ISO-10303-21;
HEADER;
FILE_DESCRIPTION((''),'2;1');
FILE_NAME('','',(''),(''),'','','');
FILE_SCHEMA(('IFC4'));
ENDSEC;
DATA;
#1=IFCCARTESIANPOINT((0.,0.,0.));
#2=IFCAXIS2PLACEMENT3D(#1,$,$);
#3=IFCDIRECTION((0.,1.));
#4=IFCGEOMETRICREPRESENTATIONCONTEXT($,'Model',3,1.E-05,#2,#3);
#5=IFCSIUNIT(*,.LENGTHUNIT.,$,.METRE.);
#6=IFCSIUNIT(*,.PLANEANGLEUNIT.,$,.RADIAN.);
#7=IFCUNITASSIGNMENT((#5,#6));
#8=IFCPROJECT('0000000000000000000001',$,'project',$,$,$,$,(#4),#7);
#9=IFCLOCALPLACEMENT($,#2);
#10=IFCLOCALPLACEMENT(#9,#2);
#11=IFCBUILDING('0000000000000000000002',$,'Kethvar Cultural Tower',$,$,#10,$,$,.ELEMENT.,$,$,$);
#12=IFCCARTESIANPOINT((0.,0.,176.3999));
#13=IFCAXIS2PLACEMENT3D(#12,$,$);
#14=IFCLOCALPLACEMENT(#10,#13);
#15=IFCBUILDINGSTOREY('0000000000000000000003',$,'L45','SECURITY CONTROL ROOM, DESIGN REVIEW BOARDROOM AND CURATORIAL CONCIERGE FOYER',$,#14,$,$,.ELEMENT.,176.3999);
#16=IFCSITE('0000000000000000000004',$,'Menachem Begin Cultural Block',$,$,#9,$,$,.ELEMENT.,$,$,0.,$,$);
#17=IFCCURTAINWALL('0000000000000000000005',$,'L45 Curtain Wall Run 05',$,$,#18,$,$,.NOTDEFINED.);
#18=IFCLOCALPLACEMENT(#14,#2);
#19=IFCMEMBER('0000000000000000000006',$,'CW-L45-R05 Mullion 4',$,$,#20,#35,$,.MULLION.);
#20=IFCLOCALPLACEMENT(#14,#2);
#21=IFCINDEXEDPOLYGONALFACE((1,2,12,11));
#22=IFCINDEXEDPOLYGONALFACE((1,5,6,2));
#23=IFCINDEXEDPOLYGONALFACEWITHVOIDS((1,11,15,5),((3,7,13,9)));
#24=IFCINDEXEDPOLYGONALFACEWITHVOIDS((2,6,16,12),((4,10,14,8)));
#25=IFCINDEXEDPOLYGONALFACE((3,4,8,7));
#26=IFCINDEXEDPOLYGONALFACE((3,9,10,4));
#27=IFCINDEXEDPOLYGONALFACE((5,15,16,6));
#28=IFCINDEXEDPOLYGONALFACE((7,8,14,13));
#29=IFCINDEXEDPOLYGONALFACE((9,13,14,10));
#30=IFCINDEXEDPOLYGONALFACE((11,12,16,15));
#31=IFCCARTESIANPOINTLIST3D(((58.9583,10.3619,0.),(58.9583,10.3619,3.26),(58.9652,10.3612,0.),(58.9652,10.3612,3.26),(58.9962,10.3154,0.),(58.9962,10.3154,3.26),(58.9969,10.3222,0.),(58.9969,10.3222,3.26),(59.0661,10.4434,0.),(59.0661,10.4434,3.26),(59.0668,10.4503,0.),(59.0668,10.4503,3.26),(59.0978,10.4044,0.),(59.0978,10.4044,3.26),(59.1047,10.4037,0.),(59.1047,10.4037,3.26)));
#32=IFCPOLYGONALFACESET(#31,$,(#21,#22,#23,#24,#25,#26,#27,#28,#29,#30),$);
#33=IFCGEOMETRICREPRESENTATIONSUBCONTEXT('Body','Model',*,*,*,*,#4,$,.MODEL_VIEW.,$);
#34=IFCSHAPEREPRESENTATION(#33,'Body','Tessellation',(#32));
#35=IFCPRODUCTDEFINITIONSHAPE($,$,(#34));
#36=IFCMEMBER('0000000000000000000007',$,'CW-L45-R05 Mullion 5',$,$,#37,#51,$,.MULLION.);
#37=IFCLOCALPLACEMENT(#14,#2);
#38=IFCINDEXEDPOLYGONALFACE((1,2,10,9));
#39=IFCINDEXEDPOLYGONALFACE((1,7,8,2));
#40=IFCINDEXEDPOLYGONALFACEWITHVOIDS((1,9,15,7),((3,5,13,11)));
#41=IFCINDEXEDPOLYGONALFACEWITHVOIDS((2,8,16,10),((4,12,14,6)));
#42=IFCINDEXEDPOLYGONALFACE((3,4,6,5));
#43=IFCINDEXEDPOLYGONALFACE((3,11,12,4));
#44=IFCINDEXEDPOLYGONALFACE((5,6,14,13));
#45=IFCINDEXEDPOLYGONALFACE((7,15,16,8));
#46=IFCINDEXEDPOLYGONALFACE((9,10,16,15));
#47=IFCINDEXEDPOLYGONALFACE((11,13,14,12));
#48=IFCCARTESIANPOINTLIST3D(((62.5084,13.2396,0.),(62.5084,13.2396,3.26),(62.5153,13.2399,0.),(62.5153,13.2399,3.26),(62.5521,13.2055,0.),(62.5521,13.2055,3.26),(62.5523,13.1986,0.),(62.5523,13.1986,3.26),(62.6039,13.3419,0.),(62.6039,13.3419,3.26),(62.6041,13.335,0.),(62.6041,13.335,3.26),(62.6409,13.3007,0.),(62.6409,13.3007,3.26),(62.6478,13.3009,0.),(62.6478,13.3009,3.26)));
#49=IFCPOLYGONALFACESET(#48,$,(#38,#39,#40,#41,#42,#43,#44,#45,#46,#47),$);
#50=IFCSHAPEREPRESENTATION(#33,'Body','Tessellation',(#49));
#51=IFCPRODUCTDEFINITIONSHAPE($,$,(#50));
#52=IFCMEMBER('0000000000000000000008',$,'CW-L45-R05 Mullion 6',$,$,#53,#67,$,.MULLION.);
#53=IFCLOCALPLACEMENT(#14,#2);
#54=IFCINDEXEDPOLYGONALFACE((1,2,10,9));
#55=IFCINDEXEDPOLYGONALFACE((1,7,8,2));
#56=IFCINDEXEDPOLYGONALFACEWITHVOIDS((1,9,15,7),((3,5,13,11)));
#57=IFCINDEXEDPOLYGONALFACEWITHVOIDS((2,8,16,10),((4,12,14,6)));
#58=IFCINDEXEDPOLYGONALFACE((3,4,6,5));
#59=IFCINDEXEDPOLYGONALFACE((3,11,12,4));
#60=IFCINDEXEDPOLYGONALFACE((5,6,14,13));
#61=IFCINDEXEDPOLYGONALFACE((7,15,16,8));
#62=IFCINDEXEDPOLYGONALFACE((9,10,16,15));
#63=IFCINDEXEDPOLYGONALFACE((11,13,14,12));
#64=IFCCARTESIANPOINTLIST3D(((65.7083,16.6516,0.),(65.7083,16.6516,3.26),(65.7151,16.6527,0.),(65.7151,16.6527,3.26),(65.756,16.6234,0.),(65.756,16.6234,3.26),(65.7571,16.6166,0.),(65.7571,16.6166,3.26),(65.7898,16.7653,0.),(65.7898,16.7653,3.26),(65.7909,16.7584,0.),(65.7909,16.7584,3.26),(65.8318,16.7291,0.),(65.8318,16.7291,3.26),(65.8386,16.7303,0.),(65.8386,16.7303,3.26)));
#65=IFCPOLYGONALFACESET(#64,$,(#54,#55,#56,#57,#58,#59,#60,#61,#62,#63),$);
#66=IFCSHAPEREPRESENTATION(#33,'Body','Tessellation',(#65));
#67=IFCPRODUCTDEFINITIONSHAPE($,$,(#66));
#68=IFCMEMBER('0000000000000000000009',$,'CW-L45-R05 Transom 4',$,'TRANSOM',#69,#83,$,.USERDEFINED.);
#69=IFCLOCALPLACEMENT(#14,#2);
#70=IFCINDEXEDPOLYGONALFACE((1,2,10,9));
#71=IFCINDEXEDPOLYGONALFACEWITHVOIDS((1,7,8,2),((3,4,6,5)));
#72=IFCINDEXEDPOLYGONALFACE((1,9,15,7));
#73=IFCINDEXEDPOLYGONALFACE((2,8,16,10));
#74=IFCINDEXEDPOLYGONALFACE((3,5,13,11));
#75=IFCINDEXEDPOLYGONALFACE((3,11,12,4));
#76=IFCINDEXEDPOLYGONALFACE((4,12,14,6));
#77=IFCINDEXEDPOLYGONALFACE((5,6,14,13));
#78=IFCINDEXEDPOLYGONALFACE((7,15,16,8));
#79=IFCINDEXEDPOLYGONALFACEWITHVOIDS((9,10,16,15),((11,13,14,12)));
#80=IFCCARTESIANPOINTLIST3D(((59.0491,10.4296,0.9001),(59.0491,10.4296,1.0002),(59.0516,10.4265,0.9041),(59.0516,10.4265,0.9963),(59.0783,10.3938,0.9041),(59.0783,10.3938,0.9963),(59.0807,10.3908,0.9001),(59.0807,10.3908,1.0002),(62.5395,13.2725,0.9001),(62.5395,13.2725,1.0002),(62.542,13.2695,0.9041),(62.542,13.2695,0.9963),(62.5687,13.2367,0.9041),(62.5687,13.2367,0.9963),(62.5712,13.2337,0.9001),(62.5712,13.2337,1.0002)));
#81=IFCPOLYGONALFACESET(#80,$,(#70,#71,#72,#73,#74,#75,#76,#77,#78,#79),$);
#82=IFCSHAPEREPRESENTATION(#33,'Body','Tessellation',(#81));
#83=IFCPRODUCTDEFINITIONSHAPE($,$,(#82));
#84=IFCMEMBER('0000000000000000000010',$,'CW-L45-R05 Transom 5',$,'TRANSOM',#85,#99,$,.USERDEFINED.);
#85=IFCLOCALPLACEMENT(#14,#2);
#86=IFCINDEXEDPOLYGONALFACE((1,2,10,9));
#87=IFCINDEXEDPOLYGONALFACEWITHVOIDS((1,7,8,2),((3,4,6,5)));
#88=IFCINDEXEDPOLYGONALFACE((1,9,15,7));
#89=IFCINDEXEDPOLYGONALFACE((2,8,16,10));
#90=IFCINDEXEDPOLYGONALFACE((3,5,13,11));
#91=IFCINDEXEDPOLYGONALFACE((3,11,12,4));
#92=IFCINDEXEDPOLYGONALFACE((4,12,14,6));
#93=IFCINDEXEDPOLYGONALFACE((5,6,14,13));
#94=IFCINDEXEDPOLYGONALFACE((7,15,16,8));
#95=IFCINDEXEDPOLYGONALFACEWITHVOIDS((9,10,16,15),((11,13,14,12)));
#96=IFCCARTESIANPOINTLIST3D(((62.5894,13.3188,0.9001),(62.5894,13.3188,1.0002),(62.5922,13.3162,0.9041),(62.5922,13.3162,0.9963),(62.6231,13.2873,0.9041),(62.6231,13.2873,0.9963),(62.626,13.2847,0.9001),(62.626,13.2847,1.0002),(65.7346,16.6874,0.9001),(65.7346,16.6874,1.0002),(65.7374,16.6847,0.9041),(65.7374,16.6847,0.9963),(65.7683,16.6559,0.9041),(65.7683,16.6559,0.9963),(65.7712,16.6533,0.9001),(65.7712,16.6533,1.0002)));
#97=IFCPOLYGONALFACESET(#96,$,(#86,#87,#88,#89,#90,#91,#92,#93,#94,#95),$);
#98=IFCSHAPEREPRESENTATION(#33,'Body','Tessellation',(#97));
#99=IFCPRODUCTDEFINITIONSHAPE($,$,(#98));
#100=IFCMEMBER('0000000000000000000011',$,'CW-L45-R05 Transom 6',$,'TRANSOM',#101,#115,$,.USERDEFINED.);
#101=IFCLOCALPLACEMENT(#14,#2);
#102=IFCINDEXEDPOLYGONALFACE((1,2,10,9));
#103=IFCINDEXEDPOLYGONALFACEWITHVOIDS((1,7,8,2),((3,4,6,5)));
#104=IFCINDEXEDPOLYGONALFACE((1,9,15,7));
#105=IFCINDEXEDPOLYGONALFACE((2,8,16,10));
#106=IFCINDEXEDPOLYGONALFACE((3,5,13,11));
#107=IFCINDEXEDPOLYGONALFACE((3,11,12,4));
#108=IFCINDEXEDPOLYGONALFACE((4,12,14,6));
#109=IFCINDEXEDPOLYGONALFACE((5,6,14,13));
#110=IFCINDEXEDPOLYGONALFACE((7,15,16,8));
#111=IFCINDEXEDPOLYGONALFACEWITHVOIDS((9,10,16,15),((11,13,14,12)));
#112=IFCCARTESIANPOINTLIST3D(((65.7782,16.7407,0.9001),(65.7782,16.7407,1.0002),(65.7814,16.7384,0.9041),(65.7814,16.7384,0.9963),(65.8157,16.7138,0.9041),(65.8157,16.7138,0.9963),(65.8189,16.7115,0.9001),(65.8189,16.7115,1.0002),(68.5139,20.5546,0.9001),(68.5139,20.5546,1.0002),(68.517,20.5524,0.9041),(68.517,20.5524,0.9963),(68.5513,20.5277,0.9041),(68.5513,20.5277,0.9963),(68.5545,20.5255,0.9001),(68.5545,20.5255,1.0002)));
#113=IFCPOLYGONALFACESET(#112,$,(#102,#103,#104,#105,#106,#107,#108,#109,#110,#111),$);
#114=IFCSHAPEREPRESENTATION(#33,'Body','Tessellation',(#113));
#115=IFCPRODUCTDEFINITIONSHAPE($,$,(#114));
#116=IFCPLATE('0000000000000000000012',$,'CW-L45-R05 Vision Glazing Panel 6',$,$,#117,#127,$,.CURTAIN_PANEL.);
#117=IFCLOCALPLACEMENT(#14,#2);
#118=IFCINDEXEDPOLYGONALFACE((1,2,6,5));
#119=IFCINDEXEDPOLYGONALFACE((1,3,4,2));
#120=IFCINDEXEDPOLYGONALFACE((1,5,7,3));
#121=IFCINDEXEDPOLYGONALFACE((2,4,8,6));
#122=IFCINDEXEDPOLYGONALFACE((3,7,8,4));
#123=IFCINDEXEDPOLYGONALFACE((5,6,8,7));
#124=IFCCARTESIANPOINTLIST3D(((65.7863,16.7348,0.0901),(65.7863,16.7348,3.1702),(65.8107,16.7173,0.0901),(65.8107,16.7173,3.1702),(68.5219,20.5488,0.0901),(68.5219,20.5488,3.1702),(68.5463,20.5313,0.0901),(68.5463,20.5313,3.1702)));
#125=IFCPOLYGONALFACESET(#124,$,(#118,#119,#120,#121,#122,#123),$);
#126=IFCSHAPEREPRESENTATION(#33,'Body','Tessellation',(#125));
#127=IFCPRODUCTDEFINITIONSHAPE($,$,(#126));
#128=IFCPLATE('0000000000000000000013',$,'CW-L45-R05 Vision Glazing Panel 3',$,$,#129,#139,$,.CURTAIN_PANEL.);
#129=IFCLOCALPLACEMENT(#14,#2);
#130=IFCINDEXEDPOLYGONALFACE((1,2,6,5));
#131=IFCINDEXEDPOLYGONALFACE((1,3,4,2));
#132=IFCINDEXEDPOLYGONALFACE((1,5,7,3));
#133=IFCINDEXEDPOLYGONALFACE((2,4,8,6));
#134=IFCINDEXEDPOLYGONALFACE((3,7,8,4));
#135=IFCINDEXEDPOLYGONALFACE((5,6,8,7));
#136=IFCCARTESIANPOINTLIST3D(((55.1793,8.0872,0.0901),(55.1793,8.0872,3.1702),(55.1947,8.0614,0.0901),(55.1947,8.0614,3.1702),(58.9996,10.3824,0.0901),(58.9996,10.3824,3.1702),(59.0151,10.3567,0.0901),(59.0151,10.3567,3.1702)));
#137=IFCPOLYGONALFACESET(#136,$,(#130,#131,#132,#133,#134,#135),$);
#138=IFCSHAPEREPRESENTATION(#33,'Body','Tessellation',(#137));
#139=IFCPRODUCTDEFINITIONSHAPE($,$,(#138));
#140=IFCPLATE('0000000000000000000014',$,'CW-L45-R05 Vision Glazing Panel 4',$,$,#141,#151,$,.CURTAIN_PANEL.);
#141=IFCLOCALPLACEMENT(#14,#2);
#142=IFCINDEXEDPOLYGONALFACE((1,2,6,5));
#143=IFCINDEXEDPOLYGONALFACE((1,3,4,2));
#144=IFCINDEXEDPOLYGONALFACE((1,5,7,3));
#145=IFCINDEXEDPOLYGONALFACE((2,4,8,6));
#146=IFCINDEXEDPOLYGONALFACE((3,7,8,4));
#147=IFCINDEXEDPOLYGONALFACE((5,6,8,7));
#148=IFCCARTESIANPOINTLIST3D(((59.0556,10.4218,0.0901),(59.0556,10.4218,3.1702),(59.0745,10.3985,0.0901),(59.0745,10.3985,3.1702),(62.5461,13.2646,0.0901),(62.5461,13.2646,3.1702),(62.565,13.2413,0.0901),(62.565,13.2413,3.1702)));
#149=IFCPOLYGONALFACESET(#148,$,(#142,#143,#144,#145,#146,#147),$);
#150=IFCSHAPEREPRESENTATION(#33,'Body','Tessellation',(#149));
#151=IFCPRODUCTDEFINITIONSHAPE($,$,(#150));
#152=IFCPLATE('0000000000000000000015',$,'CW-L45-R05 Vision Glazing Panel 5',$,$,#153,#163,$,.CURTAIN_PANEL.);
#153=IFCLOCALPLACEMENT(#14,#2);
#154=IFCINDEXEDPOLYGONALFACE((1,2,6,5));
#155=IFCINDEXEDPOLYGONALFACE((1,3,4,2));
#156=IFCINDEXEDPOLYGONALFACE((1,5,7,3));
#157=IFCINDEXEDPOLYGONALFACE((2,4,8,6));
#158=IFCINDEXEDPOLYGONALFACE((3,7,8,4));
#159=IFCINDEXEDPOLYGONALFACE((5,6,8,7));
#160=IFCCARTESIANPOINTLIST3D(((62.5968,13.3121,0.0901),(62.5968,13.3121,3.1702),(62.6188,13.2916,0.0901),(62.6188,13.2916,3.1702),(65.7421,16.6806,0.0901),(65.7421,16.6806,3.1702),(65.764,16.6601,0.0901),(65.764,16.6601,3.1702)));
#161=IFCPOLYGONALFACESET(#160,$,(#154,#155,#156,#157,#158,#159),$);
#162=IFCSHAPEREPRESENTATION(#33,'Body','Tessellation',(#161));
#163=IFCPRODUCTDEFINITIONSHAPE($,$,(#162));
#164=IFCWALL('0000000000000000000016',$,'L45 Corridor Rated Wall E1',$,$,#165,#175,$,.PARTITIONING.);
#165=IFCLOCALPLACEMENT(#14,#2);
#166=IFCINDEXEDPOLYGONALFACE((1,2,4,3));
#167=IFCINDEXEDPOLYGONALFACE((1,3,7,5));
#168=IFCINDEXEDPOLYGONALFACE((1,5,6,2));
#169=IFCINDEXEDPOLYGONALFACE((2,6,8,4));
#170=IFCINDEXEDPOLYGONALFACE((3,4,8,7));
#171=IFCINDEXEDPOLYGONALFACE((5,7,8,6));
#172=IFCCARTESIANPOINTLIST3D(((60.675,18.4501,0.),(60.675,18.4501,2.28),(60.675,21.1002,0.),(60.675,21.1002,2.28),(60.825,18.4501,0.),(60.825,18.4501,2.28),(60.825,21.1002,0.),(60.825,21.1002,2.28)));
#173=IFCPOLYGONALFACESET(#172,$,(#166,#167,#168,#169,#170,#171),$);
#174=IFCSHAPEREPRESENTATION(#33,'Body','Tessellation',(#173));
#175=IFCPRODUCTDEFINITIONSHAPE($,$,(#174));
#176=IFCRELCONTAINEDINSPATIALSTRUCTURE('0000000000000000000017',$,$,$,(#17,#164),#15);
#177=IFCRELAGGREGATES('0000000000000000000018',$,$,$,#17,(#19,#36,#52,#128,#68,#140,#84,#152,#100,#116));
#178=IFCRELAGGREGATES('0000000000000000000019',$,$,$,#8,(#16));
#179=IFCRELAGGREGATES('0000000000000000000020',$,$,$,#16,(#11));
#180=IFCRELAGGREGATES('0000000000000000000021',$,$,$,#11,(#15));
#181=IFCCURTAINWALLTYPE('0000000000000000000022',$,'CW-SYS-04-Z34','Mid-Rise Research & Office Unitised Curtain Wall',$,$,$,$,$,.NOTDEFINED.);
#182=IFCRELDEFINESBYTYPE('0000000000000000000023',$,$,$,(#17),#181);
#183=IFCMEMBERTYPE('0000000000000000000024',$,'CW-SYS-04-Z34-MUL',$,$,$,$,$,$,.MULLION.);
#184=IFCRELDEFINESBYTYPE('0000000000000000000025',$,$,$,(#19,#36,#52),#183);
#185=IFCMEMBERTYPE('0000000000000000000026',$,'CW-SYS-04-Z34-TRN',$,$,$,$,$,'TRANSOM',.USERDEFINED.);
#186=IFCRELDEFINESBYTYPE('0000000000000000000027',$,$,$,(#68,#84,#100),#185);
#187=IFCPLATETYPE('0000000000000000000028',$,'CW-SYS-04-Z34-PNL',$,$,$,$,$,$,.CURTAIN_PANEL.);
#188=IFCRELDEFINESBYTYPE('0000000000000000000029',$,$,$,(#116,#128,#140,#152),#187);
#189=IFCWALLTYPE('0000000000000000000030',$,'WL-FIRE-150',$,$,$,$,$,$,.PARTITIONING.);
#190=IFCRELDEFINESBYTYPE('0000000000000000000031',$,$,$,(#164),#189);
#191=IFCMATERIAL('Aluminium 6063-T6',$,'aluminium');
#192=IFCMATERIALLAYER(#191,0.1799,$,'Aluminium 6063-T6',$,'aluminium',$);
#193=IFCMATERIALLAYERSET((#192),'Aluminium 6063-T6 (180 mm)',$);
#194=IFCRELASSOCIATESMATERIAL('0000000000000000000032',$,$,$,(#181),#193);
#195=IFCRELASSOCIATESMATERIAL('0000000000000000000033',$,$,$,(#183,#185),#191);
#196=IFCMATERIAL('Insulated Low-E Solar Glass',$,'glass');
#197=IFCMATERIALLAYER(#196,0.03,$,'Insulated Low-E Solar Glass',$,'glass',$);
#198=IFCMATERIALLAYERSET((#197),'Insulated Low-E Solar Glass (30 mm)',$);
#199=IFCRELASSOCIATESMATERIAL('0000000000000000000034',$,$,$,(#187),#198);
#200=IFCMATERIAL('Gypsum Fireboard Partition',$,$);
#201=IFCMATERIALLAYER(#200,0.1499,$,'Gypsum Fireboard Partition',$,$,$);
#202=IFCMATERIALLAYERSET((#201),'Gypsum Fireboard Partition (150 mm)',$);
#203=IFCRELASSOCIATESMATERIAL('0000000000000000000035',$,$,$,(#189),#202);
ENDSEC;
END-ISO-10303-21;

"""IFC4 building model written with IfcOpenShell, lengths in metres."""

from ifc_helpers import new_model, si_unit, direction, frame, frame_2d, origin, origin_2d, place, context, subcontext, project, spatial, rectangle, hollow_rectangle, extrude, source, transform, mapped, material, layer, layer_set, material_profile, profile_set, type_object, element, aggregate, save


model = new_model("IFC4")

# Units and contexts
model_context = context("Model", 3, precision=1e-05, world=origin(), true_north=direction((0.0, 1.0)))
body_context = subcontext(model_context, "Body", "Model", "MODEL_VIEW")
ifc_project = project(units=[si_unit("LENGTHUNIT", "METRE"), si_unit("PLANEANGLEUNIT", "RADIAN")], contexts=[model_context])

# Site, building, storey
site_placement = place(None, origin())
site = spatial("IfcSite", under=ifc_project, at=site_placement, Name="Menachem Begin Cultural Block", CompositionType="ELEMENT", RefElevation=0.0)
building_placement = place(site_placement, origin())
building = spatial("IfcBuilding", under=site, at=building_placement, Name="Kethvar Cultural Tower", CompositionType="ELEMENT")
storey_placement = place(building_placement, frame((0.0, 0.0, 176.3999)))
storey = spatial("IfcBuildingStorey", under=building, at=storey_placement, Name="L45", Description="SECURITY CONTROL ROOM, DESIGN REVIEW BOARDROOM AND CURATORIAL CONCIERGE FOYER", CompositionType="ELEMENT", Elevation=176.3999)

# Curtain wall, members, plates
ifc_material_1 = material(Name="Aluminium 6063-T6", Category="aluminium")
ifc_layer_1 = layer(ifc_material_1, 0.1799, Name="Aluminium 6063-T6", Category="aluminium")
ifc_layer_set_1 = layer_set([ifc_layer_1], Name="Aluminium 6063-T6 (180 mm)")
curtain_wall_type = type_object("IfcCurtainWallType", Name="CW-SYS-04-Z34", Description="Mid-Rise Research & Office Unitised Curtain Wall", PredefinedType="NOTDEFINED", material=ifc_layer_set_1)
curtain_wall_placement = place(storey_placement, origin())
curtain_wall = element("IfcCurtainWall", 1, at=curtain_wall_placement, inside=storey, type_object=curtain_wall_type, Name="L45 Curtain Wall Run 05", PredefinedType="NOTDEFINED")
ifc_material_profile_1 = material_profile(ifc_material_1, hollow_rectangle(XDim=0.0601, YDim=0.1399, WallThickness=0.0049, at=origin_2d()), Name="Aluminium 6063-T6 — RHS140x60x5")
ifc_profile_set_1 = profile_set([ifc_material_profile_1], Name="Aluminium 6063-T6 — RHS140x60x5")
member_type_1 = type_object("IfcMemberType", Name="CW-SYS-04-Z34-MUL", PredefinedType="MULLION", material=ifc_profile_set_1)
shared_shape_1 = source(origin(), body_context, "Body", "SweptSolid", [
    extrude(hollow_rectangle(XDim=0.0601, YDim=0.1399, WallThickness=0.0049, at=origin_2d()), origin(), (0.0, 0.0, 1.0), 3.26),
])
member_1_placement = place(storey_placement, frame((59.0315, 10.3828, 0.0), z_axis=(0.0, 0.0, 1.0), x_axis=(-0.631502, 0.775375, 0.0)))
member_1 = element("IfcMember", 2, at=member_1_placement, type_object=member_type_1, Name="CW-L45-R05 Mullion 4", PredefinedType="MULLION", context=body_context, shape_type="MappedRepresentation", body=[
    mapped(shared_shape_1, transform((0.0, 0.0, 0.0), scale=1.0)),
])
member_2_placement = place(storey_placement, frame((62.5781, 13.2703, 0.0), z_axis=(0.0, 0.0, 1.0), x_axis=(-0.730913, 0.682471, 0.0)))
member_2 = element("IfcMember", 3, at=member_2_placement, type_object=member_type_1, Name="CW-L45-R05 Mullion 5", PredefinedType="MULLION", context=body_context, shape_type="MappedRepresentation", body=[
    mapped(shared_shape_1, transform((0.0, 0.0, 0.0), scale=1.0)),
])
member_3_placement = place(storey_placement, frame((65.7734, 16.6909, 0.0), z_axis=(0.0, 0.0, 1.0), x_axis=(-0.812592, 0.582832, 0.0)))
member_3 = element("IfcMember", 4, at=member_3_placement, type_object=member_type_1, Name="CW-L45-R05 Mullion 6", PredefinedType="MULLION", context=body_context, shape_type="MappedRepresentation", body=[
    mapped(shared_shape_1, transform((0.0, 0.0, 0.0), scale=1.0)),
])
ifc_material_profile_2 = material_profile(ifc_material_1, hollow_rectangle(XDim=0.05, YDim=0.1001, WallThickness=0.0039, at=origin_2d()), Name="Aluminium 6063-T6 — RHS100x50x4")
ifc_profile_set_2 = profile_set([ifc_material_profile_2], Name="Aluminium 6063-T6 — RHS100x50x4")
member_type_2 = type_object("IfcMemberType", Name="CW-SYS-04-Z34-TRN", ElementType="TRANSOM", PredefinedType="USERDEFINED", material=ifc_profile_set_2)
shared_shape_2 = source(origin(), body_context, "Body", "SweptSolid", [
    extrude(hollow_rectangle(XDim=0.05, YDim=0.1001, WallThickness=0.0039, at=origin_2d()), origin(), (0.0, 0.0, 1.0), 4.5017),
])
member_4_placement = place(storey_placement, frame((59.0649, 10.4102, 0.9502), z_axis=(0.775352, 0.631529, 0.0), x_axis=(-0.631529, 0.775352, 0.0)))
member_4 = element("IfcMember", 5, at=member_4_placement, type_object=member_type_2, Name="CW-L45-R05 Transom 4", ObjectType="TRANSOM", PredefinedType="USERDEFINED", context=body_context, shape_type="MappedRepresentation", body=[
    mapped(shared_shape_2, transform((0.0, 0.0, 0.0), scale=1.0)),
])
shared_shape_3 = source(origin(), body_context, "Body", "SweptSolid", [
    extrude(hollow_rectangle(XDim=0.05, YDim=0.1001, WallThickness=0.0039, at=origin_2d()), origin(), (0.0, 0.0, 1.0), 4.6086),
])
member_5_placement = place(storey_placement, frame((62.6077, 13.3018, 0.9502), z_axis=(0.682456, 0.730927, 0.0), x_axis=(-0.730927, 0.682456, 0.0)))
member_5 = element("IfcMember", 6, at=member_5_placement, type_object=member_type_2, Name="CW-L45-R05 Transom 5", ObjectType="TRANSOM", PredefinedType="USERDEFINED", context=body_context, shape_type="MappedRepresentation", body=[
    mapped(shared_shape_3, transform((0.0, 0.0, 0.0), scale=1.0)),
])
shared_shape_4 = source(origin(), body_context, "Body", "SweptSolid", [
    extrude(hollow_rectangle(XDim=0.05, YDim=0.1001, WallThickness=0.0039, at=origin_2d()), origin(), (0.0, 0.0, 1.0), 4.6936),
])
member_6_placement = place(storey_placement, frame((65.7986, 16.7261, 0.9502), z_axis=(0.582836, 0.81259, 0.0), x_axis=(-0.81259, 0.582836, 0.0)))
member_6 = element("IfcMember", 7, at=member_6_placement, type_object=member_type_2, Name="CW-L45-R05 Transom 6", ObjectType="TRANSOM", PredefinedType="USERDEFINED", context=body_context, shape_type="MappedRepresentation", body=[
    mapped(shared_shape_4, transform((0.0, 0.0, 0.0), scale=1.0)),
])
ifc_material_2 = material(Name="Insulated Low-E Solar Glass", Category="glass")
ifc_layer_2 = layer(ifc_material_2, 0.03, Name="Insulated Low-E Solar Glass", Category="glass")
ifc_layer_set_2 = layer_set([ifc_layer_2], Name="Insulated Low-E Solar Glass (30 mm)")
plate_type = type_object("IfcPlateType", Name="CW-SYS-04-Z34-PNL", PredefinedType="CURTAIN_PANEL", material=ifc_layer_set_2)
shared_shape_5 = source(origin(), body_context, "Body", "SweptSolid", [
    extrude(rectangle(XDim=4.6936, YDim=0.03, at=origin_2d()), origin(), (0.0, 0.0, 1.0), 3.0801),
])
plate_1_placement = place(storey_placement, frame((67.1663, 18.6331, 0.0901), z_axis=(0.0, 0.0, 1.0), x_axis=(0.582832, 0.812592, 0.0)))
plate_1 = element("IfcPlate", 8, at=plate_1_placement, type_object=plate_type, Name="CW-L45-R05 Vision Glazing Panel 6", PredefinedType="CURTAIN_PANEL", context=body_context, shape_type="MappedRepresentation", body=[
    mapped(shared_shape_5, transform((0.0, 0.0, 0.0), scale=1.0)),
])
shared_shape_6 = source(origin(), body_context, "Body", "SweptSolid", [
    extrude(rectangle(XDim=4.4568, YDim=0.03, at=origin_2d()), origin(), (0.0, 0.0, 1.0), 3.0801),
])
plate_2_placement = place(storey_placement, frame((57.0972, 9.2219, 0.0901), z_axis=(0.0, 0.0, 1.0), x_axis=(0.857194, 0.514993, 0.0)))
plate_2 = element("IfcPlate", 9, at=plate_2_placement, type_object=plate_type, Name="CW-L45-R05 Vision Glazing Panel 3", PredefinedType="CURTAIN_PANEL", context=body_context, shape_type="MappedRepresentation", body=[
    mapped(shared_shape_6, transform((0.0, 0.0, 0.0), scale=1.0)),
])
shared_shape_7 = source(origin(), body_context, "Body", "SweptSolid", [
    extrude(rectangle(XDim=4.5017, YDim=0.03, at=origin_2d()), origin(), (0.0, 0.0, 1.0), 3.0801),
])
plate_3_placement = place(storey_placement, frame((60.8103, 11.8315, 0.0901), z_axis=(0.0, 0.0, 1.0), x_axis=(0.775375, 0.631502, 0.0)))
plate_3 = element("IfcPlate", 10, at=plate_3_placement, type_object=plate_type, Name="CW-L45-R05 Vision Glazing Panel 4", PredefinedType="CURTAIN_PANEL", context=body_context, shape_type="MappedRepresentation", body=[
    mapped(shared_shape_7, transform((0.0, 0.0, 0.0), scale=1.0)),
])
shared_shape_8 = source(origin(), body_context, "Body", "SweptSolid", [
    extrude(rectangle(XDim=4.6086, YDim=0.03, at=origin_2d()), origin(), (0.0, 0.0, 1.0), 3.0801),
])
plate_4_placement = place(storey_placement, frame((64.1804, 14.9861, 0.0901), z_axis=(0.0, 0.0, 1.0), x_axis=(0.682471, 0.730913, 0.0)))
plate_4 = element("IfcPlate", 11, at=plate_4_placement, type_object=plate_type, Name="CW-L45-R05 Vision Glazing Panel 5", PredefinedType="CURTAIN_PANEL", context=body_context, shape_type="MappedRepresentation", body=[
    mapped(shared_shape_8, transform((0.0, 0.0, 0.0), scale=1.0)),
])
aggregate(curtain_wall, [member_1, member_2, member_3, plate_2, member_4, plate_3, member_5, plate_4, member_6, plate_1])

# Wall
ifc_material_3 = material(Name="Gypsum Fireboard Partition")
ifc_layer_3 = layer(ifc_material_3, 0.1499, Name="Gypsum Fireboard Partition")
ifc_layer_set_3 = layer_set([ifc_layer_3], Name="Gypsum Fireboard Partition (150 mm)")
wall_type_1 = type_object("IfcWallType", Name="WL-FIRE-150", PredefinedType="PARTITIONING", material=ifc_layer_set_3)
wall_1_placement = place(storey_placement, frame((60.75, 18.45, 0.0), z_axis=(0.0, 0.0, 1.0), x_axis=(0.0, 1.0, 0.0)))
element("IfcWall", 12, at=wall_1_placement, inside=storey, type_object=wall_type_1, Name="L45 Corridor Rated Wall E1", PredefinedType="PARTITIONING", context=body_context, shape_type="SweptSolid", body=[
    extrude(rectangle(XDim=2.6501, YDim=0.1499, at=frame_2d((1.3252, 0.0))), origin(), (0.0, 0.0, 1.0), 2.28),
])

save(model, "model.ifc")
